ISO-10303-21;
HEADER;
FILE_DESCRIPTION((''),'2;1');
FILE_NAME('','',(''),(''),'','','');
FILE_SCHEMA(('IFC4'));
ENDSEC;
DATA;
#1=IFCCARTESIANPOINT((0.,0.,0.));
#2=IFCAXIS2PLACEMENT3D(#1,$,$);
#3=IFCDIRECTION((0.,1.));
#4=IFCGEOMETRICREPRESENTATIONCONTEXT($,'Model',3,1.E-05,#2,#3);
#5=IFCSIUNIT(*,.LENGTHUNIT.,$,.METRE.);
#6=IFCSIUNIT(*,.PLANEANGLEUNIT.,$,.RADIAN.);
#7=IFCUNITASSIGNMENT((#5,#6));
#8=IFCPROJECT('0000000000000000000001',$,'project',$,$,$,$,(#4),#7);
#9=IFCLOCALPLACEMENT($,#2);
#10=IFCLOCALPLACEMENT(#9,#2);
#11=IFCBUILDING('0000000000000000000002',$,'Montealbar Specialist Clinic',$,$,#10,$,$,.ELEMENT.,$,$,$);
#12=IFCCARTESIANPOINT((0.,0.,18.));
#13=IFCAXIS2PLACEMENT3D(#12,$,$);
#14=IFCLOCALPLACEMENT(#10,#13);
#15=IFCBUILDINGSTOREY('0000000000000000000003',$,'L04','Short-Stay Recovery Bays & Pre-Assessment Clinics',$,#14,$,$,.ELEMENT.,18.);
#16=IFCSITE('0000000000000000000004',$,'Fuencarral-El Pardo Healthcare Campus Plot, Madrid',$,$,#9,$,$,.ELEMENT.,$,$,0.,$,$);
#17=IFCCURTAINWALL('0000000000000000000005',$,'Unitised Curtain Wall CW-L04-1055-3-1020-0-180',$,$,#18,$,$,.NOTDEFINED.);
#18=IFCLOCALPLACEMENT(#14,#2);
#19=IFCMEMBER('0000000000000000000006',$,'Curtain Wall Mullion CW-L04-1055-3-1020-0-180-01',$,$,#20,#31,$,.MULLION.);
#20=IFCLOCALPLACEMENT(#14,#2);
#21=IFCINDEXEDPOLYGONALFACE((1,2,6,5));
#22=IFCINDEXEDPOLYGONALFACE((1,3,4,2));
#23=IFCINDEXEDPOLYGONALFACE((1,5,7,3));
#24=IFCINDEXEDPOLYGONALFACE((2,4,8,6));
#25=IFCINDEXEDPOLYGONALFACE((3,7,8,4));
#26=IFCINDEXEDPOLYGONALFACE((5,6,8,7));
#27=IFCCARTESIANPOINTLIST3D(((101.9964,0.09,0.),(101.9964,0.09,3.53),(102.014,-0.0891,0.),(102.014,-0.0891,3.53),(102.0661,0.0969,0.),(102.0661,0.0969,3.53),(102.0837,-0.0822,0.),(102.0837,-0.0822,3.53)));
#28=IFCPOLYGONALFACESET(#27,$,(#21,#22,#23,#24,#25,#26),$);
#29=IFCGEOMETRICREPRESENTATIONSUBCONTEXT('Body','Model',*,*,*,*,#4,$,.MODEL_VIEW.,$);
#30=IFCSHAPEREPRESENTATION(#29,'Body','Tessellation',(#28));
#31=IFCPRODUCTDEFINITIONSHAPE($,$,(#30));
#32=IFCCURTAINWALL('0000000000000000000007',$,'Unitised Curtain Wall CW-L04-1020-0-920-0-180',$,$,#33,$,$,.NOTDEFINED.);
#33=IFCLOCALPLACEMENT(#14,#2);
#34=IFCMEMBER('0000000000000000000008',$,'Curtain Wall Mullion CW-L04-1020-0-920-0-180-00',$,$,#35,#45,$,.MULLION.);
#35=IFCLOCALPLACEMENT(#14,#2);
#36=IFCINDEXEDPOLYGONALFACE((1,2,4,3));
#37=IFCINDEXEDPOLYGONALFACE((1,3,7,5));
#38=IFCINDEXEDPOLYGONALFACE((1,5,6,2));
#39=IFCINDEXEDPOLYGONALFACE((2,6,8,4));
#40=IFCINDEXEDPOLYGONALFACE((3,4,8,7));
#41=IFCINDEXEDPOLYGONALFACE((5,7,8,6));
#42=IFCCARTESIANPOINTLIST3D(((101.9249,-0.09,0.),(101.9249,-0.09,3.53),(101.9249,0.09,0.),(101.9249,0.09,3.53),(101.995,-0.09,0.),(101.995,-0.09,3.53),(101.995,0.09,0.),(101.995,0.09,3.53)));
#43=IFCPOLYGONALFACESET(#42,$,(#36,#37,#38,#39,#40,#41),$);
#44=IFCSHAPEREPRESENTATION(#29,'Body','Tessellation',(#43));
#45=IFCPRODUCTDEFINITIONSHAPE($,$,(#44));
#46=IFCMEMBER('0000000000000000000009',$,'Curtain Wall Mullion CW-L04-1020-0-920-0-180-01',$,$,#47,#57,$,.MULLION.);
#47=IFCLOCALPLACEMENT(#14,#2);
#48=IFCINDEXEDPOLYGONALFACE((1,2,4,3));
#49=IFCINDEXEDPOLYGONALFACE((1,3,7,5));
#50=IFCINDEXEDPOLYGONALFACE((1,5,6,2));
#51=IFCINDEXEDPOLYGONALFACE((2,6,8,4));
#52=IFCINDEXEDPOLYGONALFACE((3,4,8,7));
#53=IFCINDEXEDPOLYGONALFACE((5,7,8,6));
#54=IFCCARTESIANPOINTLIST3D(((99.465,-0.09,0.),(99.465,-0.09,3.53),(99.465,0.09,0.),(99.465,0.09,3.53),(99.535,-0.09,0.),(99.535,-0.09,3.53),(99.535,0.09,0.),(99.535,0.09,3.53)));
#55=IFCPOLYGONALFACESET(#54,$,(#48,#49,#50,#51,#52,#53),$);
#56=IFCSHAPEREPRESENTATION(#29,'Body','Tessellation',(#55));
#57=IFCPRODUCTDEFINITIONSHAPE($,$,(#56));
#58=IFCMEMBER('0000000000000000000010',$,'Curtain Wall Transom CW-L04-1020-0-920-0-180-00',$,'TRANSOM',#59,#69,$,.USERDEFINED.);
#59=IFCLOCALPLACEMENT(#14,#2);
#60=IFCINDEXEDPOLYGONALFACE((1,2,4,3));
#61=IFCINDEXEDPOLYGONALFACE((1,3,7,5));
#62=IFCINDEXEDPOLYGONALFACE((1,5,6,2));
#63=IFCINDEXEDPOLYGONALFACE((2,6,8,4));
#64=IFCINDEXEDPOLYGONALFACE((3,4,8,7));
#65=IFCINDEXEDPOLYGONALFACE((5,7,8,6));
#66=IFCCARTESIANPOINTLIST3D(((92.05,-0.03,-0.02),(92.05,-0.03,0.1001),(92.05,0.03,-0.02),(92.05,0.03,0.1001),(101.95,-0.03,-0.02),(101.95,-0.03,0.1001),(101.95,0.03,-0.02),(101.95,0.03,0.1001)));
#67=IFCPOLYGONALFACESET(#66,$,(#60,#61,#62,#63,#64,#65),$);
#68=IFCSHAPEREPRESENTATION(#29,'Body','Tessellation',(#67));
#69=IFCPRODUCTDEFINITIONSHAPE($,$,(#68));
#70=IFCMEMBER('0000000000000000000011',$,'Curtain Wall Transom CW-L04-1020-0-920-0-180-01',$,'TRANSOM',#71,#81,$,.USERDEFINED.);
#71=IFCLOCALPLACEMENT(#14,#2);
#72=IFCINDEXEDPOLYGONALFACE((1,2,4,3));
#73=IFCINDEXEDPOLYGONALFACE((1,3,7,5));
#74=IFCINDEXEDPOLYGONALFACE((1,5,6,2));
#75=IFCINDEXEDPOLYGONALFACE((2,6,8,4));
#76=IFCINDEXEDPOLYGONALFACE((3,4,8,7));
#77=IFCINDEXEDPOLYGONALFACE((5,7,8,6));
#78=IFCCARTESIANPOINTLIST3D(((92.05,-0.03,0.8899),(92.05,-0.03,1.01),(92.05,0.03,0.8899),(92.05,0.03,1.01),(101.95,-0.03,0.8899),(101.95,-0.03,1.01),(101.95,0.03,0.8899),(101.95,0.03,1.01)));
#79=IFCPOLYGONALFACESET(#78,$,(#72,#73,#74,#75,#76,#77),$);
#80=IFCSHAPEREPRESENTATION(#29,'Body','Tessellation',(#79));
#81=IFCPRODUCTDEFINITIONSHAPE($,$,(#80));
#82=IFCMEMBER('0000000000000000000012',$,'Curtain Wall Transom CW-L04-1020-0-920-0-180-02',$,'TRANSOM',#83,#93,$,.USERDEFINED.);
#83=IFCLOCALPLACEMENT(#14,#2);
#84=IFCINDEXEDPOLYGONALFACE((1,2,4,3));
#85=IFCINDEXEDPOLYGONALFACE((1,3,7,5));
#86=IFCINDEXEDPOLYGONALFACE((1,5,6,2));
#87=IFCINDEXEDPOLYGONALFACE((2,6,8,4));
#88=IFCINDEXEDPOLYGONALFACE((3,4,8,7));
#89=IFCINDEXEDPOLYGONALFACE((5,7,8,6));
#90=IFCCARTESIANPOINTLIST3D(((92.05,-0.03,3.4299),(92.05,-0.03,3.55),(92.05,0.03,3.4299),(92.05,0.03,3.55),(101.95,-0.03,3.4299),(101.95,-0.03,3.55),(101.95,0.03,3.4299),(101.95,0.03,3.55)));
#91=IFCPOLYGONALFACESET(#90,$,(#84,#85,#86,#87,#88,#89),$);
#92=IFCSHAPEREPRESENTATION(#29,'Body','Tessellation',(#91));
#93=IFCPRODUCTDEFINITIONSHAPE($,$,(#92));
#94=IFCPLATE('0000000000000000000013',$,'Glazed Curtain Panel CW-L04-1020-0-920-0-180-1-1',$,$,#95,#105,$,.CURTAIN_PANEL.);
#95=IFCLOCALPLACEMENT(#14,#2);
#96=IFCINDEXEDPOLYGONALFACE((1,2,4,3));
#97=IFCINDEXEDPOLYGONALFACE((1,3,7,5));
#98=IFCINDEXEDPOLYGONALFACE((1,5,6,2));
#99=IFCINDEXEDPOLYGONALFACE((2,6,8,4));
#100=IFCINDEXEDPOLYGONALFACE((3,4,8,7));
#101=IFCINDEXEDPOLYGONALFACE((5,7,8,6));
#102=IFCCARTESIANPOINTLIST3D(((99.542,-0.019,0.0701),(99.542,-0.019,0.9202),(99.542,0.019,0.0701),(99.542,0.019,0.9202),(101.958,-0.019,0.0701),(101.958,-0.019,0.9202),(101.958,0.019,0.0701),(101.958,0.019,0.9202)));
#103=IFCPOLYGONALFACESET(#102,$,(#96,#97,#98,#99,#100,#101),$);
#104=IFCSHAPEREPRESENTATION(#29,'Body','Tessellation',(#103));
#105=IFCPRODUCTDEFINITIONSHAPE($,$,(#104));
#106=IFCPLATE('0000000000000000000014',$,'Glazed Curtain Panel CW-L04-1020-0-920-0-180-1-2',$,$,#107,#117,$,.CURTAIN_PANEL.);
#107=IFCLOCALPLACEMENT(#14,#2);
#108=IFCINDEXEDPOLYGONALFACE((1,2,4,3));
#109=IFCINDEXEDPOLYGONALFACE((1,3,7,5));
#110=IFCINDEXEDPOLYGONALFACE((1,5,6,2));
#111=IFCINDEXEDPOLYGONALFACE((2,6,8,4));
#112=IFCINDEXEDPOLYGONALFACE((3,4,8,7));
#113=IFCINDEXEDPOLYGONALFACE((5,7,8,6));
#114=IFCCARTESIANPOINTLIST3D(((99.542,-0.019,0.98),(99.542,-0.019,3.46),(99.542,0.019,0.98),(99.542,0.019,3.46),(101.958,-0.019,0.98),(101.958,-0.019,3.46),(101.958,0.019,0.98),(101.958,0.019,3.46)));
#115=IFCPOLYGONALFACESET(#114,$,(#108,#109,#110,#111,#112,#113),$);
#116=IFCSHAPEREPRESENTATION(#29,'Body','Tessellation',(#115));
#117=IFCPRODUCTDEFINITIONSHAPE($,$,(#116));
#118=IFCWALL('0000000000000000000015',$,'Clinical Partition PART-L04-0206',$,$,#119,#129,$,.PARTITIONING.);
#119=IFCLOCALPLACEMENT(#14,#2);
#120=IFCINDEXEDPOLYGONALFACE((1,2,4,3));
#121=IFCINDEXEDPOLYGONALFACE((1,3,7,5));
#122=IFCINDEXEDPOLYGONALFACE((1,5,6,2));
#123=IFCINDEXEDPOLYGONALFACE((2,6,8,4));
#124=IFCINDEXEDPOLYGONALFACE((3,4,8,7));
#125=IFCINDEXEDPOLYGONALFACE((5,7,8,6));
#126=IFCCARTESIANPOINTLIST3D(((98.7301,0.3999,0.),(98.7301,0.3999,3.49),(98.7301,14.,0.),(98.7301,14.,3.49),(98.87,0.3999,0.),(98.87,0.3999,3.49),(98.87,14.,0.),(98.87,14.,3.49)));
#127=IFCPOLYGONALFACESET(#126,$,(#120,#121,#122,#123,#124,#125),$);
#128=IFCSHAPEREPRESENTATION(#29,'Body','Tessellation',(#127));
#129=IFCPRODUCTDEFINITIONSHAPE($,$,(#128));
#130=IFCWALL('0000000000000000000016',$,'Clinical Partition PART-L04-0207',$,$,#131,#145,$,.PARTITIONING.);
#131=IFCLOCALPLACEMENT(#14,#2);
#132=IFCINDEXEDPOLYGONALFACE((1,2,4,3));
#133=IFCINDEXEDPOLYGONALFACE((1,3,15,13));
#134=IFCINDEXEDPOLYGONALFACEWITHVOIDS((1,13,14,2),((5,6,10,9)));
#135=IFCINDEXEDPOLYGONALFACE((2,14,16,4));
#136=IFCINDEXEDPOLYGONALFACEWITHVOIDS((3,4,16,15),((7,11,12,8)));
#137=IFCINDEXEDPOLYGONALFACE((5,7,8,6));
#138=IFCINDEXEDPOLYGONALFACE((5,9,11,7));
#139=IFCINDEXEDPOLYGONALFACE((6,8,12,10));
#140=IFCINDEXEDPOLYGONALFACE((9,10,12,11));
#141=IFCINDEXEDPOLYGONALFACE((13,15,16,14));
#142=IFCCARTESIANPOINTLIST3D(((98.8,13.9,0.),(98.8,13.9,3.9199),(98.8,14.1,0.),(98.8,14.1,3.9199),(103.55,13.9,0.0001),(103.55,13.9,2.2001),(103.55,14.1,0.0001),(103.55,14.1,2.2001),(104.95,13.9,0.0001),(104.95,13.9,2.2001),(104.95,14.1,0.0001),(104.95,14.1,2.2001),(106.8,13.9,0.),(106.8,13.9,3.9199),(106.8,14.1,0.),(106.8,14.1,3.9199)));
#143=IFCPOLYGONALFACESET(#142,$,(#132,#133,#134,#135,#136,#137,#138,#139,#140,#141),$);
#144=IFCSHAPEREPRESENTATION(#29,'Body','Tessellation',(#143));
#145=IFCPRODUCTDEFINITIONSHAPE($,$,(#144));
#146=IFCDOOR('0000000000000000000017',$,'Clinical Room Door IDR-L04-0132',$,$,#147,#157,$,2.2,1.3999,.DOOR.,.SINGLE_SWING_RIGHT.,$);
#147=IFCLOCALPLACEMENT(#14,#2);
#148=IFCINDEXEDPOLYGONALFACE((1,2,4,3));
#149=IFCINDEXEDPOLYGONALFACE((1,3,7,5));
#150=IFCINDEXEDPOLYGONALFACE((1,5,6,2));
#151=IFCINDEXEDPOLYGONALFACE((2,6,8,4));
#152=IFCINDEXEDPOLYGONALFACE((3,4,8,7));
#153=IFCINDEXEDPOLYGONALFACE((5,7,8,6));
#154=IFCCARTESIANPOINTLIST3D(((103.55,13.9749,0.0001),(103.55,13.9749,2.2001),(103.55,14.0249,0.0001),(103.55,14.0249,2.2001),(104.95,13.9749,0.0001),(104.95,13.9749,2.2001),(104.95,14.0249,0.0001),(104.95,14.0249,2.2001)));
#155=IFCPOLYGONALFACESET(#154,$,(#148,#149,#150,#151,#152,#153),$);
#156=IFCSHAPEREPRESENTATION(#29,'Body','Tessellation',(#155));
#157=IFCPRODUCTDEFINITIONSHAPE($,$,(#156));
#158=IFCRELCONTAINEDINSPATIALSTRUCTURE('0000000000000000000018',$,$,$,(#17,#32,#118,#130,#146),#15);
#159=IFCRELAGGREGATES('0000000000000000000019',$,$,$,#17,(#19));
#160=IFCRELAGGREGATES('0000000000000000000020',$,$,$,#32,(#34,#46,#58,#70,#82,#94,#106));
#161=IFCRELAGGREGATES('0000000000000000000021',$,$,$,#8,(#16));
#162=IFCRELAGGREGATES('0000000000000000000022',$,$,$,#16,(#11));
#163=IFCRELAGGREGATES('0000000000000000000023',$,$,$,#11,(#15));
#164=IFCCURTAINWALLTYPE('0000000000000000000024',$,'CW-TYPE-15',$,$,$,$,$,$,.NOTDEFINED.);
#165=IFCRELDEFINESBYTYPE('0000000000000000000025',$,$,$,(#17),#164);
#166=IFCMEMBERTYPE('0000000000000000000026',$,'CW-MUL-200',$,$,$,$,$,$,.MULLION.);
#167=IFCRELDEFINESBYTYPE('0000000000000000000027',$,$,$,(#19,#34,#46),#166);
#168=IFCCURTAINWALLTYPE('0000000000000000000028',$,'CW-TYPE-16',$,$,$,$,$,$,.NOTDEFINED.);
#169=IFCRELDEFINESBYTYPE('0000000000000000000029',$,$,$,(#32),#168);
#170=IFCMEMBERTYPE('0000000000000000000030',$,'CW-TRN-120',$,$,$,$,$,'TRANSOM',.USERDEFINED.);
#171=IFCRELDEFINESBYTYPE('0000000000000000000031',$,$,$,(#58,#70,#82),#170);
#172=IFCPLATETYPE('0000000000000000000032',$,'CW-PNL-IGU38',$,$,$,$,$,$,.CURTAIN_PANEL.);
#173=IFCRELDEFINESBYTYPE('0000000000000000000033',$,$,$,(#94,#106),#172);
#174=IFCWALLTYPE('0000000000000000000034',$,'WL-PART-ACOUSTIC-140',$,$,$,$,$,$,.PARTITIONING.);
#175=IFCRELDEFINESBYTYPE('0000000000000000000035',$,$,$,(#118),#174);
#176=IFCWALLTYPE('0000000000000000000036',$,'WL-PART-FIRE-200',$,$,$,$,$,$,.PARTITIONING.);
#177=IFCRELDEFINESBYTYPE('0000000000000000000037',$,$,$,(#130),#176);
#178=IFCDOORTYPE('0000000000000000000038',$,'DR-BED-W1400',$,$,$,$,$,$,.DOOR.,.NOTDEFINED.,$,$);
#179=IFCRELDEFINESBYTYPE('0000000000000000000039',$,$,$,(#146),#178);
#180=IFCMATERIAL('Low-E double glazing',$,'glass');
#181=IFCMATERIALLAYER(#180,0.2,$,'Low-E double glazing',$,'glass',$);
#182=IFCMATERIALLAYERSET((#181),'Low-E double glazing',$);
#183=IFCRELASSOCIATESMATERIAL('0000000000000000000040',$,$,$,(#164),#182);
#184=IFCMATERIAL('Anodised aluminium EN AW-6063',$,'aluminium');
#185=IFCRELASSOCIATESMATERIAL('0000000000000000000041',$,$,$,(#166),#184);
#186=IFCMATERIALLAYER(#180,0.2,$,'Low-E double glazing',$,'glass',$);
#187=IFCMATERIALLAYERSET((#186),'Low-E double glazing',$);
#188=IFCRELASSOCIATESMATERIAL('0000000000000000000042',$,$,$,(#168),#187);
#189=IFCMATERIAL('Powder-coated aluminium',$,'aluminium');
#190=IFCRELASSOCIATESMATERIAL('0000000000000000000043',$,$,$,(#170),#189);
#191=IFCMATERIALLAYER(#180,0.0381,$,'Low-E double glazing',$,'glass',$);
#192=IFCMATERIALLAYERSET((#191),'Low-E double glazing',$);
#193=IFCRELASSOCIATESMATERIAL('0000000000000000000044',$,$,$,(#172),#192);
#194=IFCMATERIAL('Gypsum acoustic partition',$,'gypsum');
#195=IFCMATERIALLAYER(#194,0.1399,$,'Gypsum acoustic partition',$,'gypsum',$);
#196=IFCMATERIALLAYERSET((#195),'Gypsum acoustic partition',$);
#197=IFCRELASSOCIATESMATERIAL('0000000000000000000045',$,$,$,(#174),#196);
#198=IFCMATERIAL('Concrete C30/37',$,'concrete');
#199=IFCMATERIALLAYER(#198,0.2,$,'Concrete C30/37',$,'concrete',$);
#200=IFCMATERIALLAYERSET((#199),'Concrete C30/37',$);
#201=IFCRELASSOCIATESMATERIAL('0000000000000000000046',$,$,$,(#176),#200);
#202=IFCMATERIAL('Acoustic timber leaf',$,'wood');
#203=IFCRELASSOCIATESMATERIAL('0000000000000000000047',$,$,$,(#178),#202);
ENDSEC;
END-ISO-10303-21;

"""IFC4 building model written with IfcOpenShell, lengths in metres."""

from ifc_helpers import new_model, si_unit, direction, frame, frame_2d, origin, origin_2d, place, context, subcontext, project, spatial, rectangle, extrude, material, layer, layer_set, material_profile, profile_set, type_object, element, fill, aggregate, save


model = new_model("IFC4")

# Units and contexts
model_context = context("Model", 3, precision=1e-05, world=origin(), true_north=direction((0.0, 1.0)))
body_context = subcontext(model_context, "Body", "Model", "MODEL_VIEW")
ifc_project = project(units=[si_unit("LENGTHUNIT", "METRE"), si_unit("PLANEANGLEUNIT", "RADIAN")], contexts=[model_context])

# Site, building, storey
site_placement = place(None, origin())
site = spatial("IfcSite", under=ifc_project, at=site_placement, Name="Fuencarral-El Pardo Healthcare Campus Plot, Madrid", CompositionType="ELEMENT", RefElevation=0.0)
building_placement = place(site_placement, origin())
building = spatial("IfcBuilding", under=site, at=building_placement, Name="Montealbar Specialist Clinic", CompositionType="ELEMENT")
storey_placement = place(building_placement, frame((0.0, 0.0, 18.0)))
storey = spatial("IfcBuildingStorey", under=building, at=storey_placement, Name="L04", Description="Short-Stay Recovery Bays & Pre-Assessment Clinics", CompositionType="ELEMENT", Elevation=18.0)

# Curtain wall, member
ifc_material_1 = material(Name="Low-E double glazing", Category="glass")
ifc_layer_1 = layer(ifc_material_1, 0.2, Name="Low-E double glazing", Category="glass")
ifc_layer_set_1 = layer_set([ifc_layer_1], Name="Low-E double glazing")
curtain_wall_type_1 = type_object("IfcCurtainWallType", Name="CW-TYPE-15", PredefinedType="NOTDEFINED", material=ifc_layer_set_1)
curtain_wall_1_placement = place(storey_placement, origin())
curtain_wall_1 = element("IfcCurtainWall", 1, at=curtain_wall_1_placement, inside=storey, type_object=curtain_wall_type_1, Name="Unitised Curtain Wall CW-L04-1055-3-1020-0-180", PredefinedType="NOTDEFINED")
ifc_material_2 = material(Name="Anodised aluminium EN AW-6063", Category="aluminium")
ifc_material_profile_1 = material_profile(ifc_material_2, rectangle(XDim=0.0701, YDim=0.1799, at=origin_2d()), Name="ALU 70x180", Category="aluminium")
ifc_profile_set_1 = profile_set([ifc_material_profile_1], Name="Anodised aluminium EN AW-6063")
member_type_1 = type_object("IfcMemberType", Name="CW-MUL-200", PredefinedType="MULLION", material=ifc_profile_set_1)
member_1_placement = place(storey_placement, frame((102.04, 0.0039, 0.0), z_axis=(0.0, 0.0, 1.0), x_axis=(-0.995182, -0.098045, 0.0)))
member_1 = element("IfcMember", 2, at=member_1_placement, type_object=member_type_1, Name="Curtain Wall Mullion CW-L04-1055-3-1020-0-180-01", PredefinedType="MULLION", context=body_context, shape_type="SweptSolid", body=[
    extrude(rectangle(XDim=0.0701, YDim=0.1799, at=origin_2d()), origin(), (0.0, 0.0, 1.0), 3.53),
])
aggregate(curtain_wall_1, [member_1])

# Curtain wall, members, plates
ifc_layer_2 = layer(ifc_material_1, 0.2, Name="Low-E double glazing", Category="glass")
ifc_layer_set_2 = layer_set([ifc_layer_2], Name="Low-E double glazing")
curtain_wall_type_2 = type_object("IfcCurtainWallType", Name="CW-TYPE-16", PredefinedType="NOTDEFINED", material=ifc_layer_set_2)
curtain_wall_2_placement = place(storey_placement, origin())
curtain_wall_2 = element("IfcCurtainWall", 3, at=curtain_wall_2_placement, inside=storey, type_object=curtain_wall_type_2, Name="Unitised Curtain Wall CW-L04-1020-0-920-0-180", PredefinedType="NOTDEFINED")
member_2_placement = place(storey_placement, frame((101.96, 0.0, 0.0), z_axis=(0.0, 0.0, 1.0), x_axis=(-1.0, 0.0, 0.0)))
member_2 = element("IfcMember", 4, at=member_2_placement, type_object=member_type_1, Name="Curtain Wall Mullion CW-L04-1020-0-920-0-180-00", PredefinedType="MULLION", context=body_context, shape_type="SweptSolid", body=[
    extrude(rectangle(XDim=0.0701, YDim=0.1799, at=origin_2d()), origin(), (0.0, 0.0, 1.0), 3.53),
])
member_3_placement = place(storey_placement, frame((99.5, 0.0, 0.0), z_axis=(0.0, 0.0, 1.0), x_axis=(-1.0, 0.0, 0.0)))
member_3 = element("IfcMember", 5, at=member_3_placement, type_object=member_type_1, Name="Curtain Wall Mullion CW-L04-1020-0-920-0-180-01", PredefinedType="MULLION", context=body_context, shape_type="SweptSolid", body=[
    extrude(rectangle(XDim=0.0701, YDim=0.1799, at=origin_2d()), origin(), (0.0, 0.0, 1.0), 3.53),
])
ifc_material_3 = material(Name="Powder-coated aluminium", Category="aluminium")
ifc_material_profile_2 = material_profile(ifc_material_3, rectangle(XDim=0.0601, YDim=0.1201, at=origin_2d()), Name="ALU 60x120", Category="aluminium")
ifc_profile_set_2 = profile_set([ifc_material_profile_2], Name="Powder-coated aluminium")
member_type_2 = type_object("IfcMemberType", Name="CW-TRN-120", ElementType="TRANSOM", PredefinedType="USERDEFINED", material=ifc_profile_set_2)
member_4_placement = place(storey_placement, frame((101.95, 0.0, 0.04), z_axis=(-1.0, 0.0, 0.0), x_axis=(0.0, -1.0, 0.0)))
member_4 = element("IfcMember", 6, at=member_4_placement, type_object=member_type_2, Name="Curtain Wall Transom CW-L04-1020-0-920-0-180-00", ObjectType="TRANSOM", PredefinedType="USERDEFINED", context=body_context, shape_type="SweptSolid", body=[
    extrude(rectangle(XDim=0.0601, YDim=0.1201, at=origin_2d()), origin(), (0.0, 0.0, 1.0), 9.8999),
])
member_5_placement = place(storey_placement, frame((101.95, 0.0, 0.95), z_axis=(-1.0, 0.0, 0.0), x_axis=(0.0, -1.0, 0.0)))
member_5 = element("IfcMember", 7, at=member_5_placement, type_object=member_type_2, Name="Curtain Wall Transom CW-L04-1020-0-920-0-180-01", ObjectType="TRANSOM", PredefinedType="USERDEFINED", context=body_context, shape_type="SweptSolid", body=[
    extrude(rectangle(XDim=0.0601, YDim=0.1201, at=origin_2d()), origin(), (0.0, 0.0, 1.0), 9.8999),
])
member_6_placement = place(storey_placement, frame((101.95, 0.0, 3.49), z_axis=(-1.0, 0.0, 0.0), x_axis=(0.0, -1.0, 0.0)))
member_6 = element("IfcMember", 8, at=member_6_placement, type_object=member_type_2, Name="Curtain Wall Transom CW-L04-1020-0-920-0-180-02", ObjectType="TRANSOM", PredefinedType="USERDEFINED", context=body_context, shape_type="SweptSolid", body=[
    extrude(rectangle(XDim=0.0601, YDim=0.1201, at=origin_2d()), origin(), (0.0, 0.0, 1.0), 9.8999),
])
ifc_layer_3 = layer(ifc_material_1, 0.0381, Name="Low-E double glazing", Category="glass")
ifc_layer_set_3 = layer_set([ifc_layer_3], Name="Low-E double glazing")
plate_type = type_object("IfcPlateType", Name="CW-PNL-IGU38", PredefinedType="CURTAIN_PANEL", material=ifc_layer_set_3)
plate_1_placement = place(storey_placement, frame((100.75, 0.0, 0.0701), z_axis=(0.0, 0.0, 1.0), x_axis=(-1.0, 0.0, 0.0)))
plate_1 = element("IfcPlate", 9, at=plate_1_placement, type_object=plate_type, Name="Glazed Curtain Panel CW-L04-1020-0-920-0-180-1-1", PredefinedType="CURTAIN_PANEL", context=body_context, shape_type="SweptSolid", body=[
    extrude(rectangle(XDim=2.416, YDim=0.0381, at=origin_2d()), origin(), (0.0, 0.0, 1.0), 0.8501),
])
plate_2_placement = place(storey_placement, frame((100.75, 0.0, 0.98), z_axis=(0.0, 0.0, 1.0), x_axis=(-1.0, 0.0, 0.0)))
plate_2 = element("IfcPlate", 10, at=plate_2_placement, type_object=plate_type, Name="Glazed Curtain Panel CW-L04-1020-0-920-0-180-1-2", PredefinedType="CURTAIN_PANEL", context=body_context, shape_type="SweptSolid", body=[
    extrude(rectangle(XDim=2.416, YDim=0.0381, at=origin_2d()), origin(), (0.0, 0.0, 1.0), 2.48),
])
aggregate(curtain_wall_2, [member_2, member_3, member_4, member_5, member_6, plate_1, plate_2])

# Wall
ifc_material_4 = material(Name="Gypsum acoustic partition", Category="gypsum")
ifc_layer_4 = layer(ifc_material_4, 0.1399, Name="Gypsum acoustic partition", Category="gypsum")
ifc_layer_set_4 = layer_set([ifc_layer_4], Name="Gypsum acoustic partition")
wall_type_1 = type_object("IfcWallType", Name="WL-PART-ACOUSTIC-140", PredefinedType="PARTITIONING", material=ifc_layer_set_4)
wall_1_placement = place(storey_placement, frame((98.8, 0.3999, 0.0), z_axis=(0.0, 0.0, 1.0), x_axis=(0.0, 1.0, 0.0)))
element("IfcWall", 11, at=wall_1_placement, inside=storey, type_object=wall_type_1, Name="Clinical Partition PART-L04-0206", PredefinedType="PARTITIONING", context=body_context, shape_type="SweptSolid", body=[
    extrude(rectangle(XDim=13.6001, YDim=0.1399, at=frame_2d((6.8, 0.0))), origin(), (0.0, 0.0, 1.0), 3.49),
])

# Wall, opening, door
ifc_material_5 = material(Name="Concrete C30/37", Category="concrete")
ifc_layer_5 = layer(ifc_material_5, 0.2, Name="Concrete C30/37", Category="concrete")
ifc_layer_set_5 = layer_set([ifc_layer_5], Name="Concrete C30/37")
wall_type_2 = type_object("IfcWallType", Name="WL-PART-FIRE-200", PredefinedType="PARTITIONING", material=ifc_layer_set_5)
wall_2_placement = place(storey_placement, frame((98.8, 14.0, 0.0), z_axis=(0.0, 0.0, 1.0), x_axis=(1.0, 0.0, 0.0)))
wall_2 = element("IfcWall", 12, at=wall_2_placement, inside=storey, type_object=wall_type_2, Name="Clinical Partition PART-L04-0207", PredefinedType="PARTITIONING", context=body_context, shape_type="SweptSolid", body=[
    extrude(rectangle(XDim=8.0, YDim=0.2, at=frame_2d((4.0, 0.0))), origin(), (0.0, 0.0, 1.0), 3.9199),
])
opening_1_placement = place(wall_2_placement, frame((4.75, 0.0, 0.0)))
opening_1 = element("IfcOpeningElement", 13, at=opening_1_placement, cuts=wall_2, PredefinedType="OPENING", context=body_context, shape_type="SweptSolid", body=[
    extrude(rectangle(XDim=1.3999, YDim=2.2, at=frame_2d((0.7, 1.1001))), frame((0.0, 0.1099, 0.0), z_axis=(0.0, -1.0, 0.0), x_axis=(1.0, 0.0, 0.0)), (0.0, 0.0, 1.0), 0.22),
])
ifc_material_6 = material(Name="Acoustic timber leaf", Category="wood")
door_type_1 = type_object("IfcDoorType", Name="DR-BED-W1400", OperationType="NOTDEFINED", PredefinedType="DOOR", material=ifc_material_6)
door_1_placement = place(opening_1_placement, origin())
door_1 = element("IfcDoor", 14, at=door_1_placement, inside=storey, type_object=door_type_1, Name="Clinical Room Door IDR-L04-0132", OperationType="SINGLE_SWING_RIGHT", OverallHeight=2.2, OverallWidth=1.3999, PredefinedType="DOOR", context=body_context, shape_type="SweptSolid", body=[
    extrude(rectangle(XDim=1.3999, YDim=2.2, at=frame_2d((0.7, 1.1001))), frame((0.0, 0.0249, 0.0), z_axis=(0.0, -1.0, 0.0), x_axis=(1.0, 0.0, 0.0)), (0.0, 0.0, 1.0), 0.05),
])
fill(opening_1, door_1)

save(model, "model.ifc")
